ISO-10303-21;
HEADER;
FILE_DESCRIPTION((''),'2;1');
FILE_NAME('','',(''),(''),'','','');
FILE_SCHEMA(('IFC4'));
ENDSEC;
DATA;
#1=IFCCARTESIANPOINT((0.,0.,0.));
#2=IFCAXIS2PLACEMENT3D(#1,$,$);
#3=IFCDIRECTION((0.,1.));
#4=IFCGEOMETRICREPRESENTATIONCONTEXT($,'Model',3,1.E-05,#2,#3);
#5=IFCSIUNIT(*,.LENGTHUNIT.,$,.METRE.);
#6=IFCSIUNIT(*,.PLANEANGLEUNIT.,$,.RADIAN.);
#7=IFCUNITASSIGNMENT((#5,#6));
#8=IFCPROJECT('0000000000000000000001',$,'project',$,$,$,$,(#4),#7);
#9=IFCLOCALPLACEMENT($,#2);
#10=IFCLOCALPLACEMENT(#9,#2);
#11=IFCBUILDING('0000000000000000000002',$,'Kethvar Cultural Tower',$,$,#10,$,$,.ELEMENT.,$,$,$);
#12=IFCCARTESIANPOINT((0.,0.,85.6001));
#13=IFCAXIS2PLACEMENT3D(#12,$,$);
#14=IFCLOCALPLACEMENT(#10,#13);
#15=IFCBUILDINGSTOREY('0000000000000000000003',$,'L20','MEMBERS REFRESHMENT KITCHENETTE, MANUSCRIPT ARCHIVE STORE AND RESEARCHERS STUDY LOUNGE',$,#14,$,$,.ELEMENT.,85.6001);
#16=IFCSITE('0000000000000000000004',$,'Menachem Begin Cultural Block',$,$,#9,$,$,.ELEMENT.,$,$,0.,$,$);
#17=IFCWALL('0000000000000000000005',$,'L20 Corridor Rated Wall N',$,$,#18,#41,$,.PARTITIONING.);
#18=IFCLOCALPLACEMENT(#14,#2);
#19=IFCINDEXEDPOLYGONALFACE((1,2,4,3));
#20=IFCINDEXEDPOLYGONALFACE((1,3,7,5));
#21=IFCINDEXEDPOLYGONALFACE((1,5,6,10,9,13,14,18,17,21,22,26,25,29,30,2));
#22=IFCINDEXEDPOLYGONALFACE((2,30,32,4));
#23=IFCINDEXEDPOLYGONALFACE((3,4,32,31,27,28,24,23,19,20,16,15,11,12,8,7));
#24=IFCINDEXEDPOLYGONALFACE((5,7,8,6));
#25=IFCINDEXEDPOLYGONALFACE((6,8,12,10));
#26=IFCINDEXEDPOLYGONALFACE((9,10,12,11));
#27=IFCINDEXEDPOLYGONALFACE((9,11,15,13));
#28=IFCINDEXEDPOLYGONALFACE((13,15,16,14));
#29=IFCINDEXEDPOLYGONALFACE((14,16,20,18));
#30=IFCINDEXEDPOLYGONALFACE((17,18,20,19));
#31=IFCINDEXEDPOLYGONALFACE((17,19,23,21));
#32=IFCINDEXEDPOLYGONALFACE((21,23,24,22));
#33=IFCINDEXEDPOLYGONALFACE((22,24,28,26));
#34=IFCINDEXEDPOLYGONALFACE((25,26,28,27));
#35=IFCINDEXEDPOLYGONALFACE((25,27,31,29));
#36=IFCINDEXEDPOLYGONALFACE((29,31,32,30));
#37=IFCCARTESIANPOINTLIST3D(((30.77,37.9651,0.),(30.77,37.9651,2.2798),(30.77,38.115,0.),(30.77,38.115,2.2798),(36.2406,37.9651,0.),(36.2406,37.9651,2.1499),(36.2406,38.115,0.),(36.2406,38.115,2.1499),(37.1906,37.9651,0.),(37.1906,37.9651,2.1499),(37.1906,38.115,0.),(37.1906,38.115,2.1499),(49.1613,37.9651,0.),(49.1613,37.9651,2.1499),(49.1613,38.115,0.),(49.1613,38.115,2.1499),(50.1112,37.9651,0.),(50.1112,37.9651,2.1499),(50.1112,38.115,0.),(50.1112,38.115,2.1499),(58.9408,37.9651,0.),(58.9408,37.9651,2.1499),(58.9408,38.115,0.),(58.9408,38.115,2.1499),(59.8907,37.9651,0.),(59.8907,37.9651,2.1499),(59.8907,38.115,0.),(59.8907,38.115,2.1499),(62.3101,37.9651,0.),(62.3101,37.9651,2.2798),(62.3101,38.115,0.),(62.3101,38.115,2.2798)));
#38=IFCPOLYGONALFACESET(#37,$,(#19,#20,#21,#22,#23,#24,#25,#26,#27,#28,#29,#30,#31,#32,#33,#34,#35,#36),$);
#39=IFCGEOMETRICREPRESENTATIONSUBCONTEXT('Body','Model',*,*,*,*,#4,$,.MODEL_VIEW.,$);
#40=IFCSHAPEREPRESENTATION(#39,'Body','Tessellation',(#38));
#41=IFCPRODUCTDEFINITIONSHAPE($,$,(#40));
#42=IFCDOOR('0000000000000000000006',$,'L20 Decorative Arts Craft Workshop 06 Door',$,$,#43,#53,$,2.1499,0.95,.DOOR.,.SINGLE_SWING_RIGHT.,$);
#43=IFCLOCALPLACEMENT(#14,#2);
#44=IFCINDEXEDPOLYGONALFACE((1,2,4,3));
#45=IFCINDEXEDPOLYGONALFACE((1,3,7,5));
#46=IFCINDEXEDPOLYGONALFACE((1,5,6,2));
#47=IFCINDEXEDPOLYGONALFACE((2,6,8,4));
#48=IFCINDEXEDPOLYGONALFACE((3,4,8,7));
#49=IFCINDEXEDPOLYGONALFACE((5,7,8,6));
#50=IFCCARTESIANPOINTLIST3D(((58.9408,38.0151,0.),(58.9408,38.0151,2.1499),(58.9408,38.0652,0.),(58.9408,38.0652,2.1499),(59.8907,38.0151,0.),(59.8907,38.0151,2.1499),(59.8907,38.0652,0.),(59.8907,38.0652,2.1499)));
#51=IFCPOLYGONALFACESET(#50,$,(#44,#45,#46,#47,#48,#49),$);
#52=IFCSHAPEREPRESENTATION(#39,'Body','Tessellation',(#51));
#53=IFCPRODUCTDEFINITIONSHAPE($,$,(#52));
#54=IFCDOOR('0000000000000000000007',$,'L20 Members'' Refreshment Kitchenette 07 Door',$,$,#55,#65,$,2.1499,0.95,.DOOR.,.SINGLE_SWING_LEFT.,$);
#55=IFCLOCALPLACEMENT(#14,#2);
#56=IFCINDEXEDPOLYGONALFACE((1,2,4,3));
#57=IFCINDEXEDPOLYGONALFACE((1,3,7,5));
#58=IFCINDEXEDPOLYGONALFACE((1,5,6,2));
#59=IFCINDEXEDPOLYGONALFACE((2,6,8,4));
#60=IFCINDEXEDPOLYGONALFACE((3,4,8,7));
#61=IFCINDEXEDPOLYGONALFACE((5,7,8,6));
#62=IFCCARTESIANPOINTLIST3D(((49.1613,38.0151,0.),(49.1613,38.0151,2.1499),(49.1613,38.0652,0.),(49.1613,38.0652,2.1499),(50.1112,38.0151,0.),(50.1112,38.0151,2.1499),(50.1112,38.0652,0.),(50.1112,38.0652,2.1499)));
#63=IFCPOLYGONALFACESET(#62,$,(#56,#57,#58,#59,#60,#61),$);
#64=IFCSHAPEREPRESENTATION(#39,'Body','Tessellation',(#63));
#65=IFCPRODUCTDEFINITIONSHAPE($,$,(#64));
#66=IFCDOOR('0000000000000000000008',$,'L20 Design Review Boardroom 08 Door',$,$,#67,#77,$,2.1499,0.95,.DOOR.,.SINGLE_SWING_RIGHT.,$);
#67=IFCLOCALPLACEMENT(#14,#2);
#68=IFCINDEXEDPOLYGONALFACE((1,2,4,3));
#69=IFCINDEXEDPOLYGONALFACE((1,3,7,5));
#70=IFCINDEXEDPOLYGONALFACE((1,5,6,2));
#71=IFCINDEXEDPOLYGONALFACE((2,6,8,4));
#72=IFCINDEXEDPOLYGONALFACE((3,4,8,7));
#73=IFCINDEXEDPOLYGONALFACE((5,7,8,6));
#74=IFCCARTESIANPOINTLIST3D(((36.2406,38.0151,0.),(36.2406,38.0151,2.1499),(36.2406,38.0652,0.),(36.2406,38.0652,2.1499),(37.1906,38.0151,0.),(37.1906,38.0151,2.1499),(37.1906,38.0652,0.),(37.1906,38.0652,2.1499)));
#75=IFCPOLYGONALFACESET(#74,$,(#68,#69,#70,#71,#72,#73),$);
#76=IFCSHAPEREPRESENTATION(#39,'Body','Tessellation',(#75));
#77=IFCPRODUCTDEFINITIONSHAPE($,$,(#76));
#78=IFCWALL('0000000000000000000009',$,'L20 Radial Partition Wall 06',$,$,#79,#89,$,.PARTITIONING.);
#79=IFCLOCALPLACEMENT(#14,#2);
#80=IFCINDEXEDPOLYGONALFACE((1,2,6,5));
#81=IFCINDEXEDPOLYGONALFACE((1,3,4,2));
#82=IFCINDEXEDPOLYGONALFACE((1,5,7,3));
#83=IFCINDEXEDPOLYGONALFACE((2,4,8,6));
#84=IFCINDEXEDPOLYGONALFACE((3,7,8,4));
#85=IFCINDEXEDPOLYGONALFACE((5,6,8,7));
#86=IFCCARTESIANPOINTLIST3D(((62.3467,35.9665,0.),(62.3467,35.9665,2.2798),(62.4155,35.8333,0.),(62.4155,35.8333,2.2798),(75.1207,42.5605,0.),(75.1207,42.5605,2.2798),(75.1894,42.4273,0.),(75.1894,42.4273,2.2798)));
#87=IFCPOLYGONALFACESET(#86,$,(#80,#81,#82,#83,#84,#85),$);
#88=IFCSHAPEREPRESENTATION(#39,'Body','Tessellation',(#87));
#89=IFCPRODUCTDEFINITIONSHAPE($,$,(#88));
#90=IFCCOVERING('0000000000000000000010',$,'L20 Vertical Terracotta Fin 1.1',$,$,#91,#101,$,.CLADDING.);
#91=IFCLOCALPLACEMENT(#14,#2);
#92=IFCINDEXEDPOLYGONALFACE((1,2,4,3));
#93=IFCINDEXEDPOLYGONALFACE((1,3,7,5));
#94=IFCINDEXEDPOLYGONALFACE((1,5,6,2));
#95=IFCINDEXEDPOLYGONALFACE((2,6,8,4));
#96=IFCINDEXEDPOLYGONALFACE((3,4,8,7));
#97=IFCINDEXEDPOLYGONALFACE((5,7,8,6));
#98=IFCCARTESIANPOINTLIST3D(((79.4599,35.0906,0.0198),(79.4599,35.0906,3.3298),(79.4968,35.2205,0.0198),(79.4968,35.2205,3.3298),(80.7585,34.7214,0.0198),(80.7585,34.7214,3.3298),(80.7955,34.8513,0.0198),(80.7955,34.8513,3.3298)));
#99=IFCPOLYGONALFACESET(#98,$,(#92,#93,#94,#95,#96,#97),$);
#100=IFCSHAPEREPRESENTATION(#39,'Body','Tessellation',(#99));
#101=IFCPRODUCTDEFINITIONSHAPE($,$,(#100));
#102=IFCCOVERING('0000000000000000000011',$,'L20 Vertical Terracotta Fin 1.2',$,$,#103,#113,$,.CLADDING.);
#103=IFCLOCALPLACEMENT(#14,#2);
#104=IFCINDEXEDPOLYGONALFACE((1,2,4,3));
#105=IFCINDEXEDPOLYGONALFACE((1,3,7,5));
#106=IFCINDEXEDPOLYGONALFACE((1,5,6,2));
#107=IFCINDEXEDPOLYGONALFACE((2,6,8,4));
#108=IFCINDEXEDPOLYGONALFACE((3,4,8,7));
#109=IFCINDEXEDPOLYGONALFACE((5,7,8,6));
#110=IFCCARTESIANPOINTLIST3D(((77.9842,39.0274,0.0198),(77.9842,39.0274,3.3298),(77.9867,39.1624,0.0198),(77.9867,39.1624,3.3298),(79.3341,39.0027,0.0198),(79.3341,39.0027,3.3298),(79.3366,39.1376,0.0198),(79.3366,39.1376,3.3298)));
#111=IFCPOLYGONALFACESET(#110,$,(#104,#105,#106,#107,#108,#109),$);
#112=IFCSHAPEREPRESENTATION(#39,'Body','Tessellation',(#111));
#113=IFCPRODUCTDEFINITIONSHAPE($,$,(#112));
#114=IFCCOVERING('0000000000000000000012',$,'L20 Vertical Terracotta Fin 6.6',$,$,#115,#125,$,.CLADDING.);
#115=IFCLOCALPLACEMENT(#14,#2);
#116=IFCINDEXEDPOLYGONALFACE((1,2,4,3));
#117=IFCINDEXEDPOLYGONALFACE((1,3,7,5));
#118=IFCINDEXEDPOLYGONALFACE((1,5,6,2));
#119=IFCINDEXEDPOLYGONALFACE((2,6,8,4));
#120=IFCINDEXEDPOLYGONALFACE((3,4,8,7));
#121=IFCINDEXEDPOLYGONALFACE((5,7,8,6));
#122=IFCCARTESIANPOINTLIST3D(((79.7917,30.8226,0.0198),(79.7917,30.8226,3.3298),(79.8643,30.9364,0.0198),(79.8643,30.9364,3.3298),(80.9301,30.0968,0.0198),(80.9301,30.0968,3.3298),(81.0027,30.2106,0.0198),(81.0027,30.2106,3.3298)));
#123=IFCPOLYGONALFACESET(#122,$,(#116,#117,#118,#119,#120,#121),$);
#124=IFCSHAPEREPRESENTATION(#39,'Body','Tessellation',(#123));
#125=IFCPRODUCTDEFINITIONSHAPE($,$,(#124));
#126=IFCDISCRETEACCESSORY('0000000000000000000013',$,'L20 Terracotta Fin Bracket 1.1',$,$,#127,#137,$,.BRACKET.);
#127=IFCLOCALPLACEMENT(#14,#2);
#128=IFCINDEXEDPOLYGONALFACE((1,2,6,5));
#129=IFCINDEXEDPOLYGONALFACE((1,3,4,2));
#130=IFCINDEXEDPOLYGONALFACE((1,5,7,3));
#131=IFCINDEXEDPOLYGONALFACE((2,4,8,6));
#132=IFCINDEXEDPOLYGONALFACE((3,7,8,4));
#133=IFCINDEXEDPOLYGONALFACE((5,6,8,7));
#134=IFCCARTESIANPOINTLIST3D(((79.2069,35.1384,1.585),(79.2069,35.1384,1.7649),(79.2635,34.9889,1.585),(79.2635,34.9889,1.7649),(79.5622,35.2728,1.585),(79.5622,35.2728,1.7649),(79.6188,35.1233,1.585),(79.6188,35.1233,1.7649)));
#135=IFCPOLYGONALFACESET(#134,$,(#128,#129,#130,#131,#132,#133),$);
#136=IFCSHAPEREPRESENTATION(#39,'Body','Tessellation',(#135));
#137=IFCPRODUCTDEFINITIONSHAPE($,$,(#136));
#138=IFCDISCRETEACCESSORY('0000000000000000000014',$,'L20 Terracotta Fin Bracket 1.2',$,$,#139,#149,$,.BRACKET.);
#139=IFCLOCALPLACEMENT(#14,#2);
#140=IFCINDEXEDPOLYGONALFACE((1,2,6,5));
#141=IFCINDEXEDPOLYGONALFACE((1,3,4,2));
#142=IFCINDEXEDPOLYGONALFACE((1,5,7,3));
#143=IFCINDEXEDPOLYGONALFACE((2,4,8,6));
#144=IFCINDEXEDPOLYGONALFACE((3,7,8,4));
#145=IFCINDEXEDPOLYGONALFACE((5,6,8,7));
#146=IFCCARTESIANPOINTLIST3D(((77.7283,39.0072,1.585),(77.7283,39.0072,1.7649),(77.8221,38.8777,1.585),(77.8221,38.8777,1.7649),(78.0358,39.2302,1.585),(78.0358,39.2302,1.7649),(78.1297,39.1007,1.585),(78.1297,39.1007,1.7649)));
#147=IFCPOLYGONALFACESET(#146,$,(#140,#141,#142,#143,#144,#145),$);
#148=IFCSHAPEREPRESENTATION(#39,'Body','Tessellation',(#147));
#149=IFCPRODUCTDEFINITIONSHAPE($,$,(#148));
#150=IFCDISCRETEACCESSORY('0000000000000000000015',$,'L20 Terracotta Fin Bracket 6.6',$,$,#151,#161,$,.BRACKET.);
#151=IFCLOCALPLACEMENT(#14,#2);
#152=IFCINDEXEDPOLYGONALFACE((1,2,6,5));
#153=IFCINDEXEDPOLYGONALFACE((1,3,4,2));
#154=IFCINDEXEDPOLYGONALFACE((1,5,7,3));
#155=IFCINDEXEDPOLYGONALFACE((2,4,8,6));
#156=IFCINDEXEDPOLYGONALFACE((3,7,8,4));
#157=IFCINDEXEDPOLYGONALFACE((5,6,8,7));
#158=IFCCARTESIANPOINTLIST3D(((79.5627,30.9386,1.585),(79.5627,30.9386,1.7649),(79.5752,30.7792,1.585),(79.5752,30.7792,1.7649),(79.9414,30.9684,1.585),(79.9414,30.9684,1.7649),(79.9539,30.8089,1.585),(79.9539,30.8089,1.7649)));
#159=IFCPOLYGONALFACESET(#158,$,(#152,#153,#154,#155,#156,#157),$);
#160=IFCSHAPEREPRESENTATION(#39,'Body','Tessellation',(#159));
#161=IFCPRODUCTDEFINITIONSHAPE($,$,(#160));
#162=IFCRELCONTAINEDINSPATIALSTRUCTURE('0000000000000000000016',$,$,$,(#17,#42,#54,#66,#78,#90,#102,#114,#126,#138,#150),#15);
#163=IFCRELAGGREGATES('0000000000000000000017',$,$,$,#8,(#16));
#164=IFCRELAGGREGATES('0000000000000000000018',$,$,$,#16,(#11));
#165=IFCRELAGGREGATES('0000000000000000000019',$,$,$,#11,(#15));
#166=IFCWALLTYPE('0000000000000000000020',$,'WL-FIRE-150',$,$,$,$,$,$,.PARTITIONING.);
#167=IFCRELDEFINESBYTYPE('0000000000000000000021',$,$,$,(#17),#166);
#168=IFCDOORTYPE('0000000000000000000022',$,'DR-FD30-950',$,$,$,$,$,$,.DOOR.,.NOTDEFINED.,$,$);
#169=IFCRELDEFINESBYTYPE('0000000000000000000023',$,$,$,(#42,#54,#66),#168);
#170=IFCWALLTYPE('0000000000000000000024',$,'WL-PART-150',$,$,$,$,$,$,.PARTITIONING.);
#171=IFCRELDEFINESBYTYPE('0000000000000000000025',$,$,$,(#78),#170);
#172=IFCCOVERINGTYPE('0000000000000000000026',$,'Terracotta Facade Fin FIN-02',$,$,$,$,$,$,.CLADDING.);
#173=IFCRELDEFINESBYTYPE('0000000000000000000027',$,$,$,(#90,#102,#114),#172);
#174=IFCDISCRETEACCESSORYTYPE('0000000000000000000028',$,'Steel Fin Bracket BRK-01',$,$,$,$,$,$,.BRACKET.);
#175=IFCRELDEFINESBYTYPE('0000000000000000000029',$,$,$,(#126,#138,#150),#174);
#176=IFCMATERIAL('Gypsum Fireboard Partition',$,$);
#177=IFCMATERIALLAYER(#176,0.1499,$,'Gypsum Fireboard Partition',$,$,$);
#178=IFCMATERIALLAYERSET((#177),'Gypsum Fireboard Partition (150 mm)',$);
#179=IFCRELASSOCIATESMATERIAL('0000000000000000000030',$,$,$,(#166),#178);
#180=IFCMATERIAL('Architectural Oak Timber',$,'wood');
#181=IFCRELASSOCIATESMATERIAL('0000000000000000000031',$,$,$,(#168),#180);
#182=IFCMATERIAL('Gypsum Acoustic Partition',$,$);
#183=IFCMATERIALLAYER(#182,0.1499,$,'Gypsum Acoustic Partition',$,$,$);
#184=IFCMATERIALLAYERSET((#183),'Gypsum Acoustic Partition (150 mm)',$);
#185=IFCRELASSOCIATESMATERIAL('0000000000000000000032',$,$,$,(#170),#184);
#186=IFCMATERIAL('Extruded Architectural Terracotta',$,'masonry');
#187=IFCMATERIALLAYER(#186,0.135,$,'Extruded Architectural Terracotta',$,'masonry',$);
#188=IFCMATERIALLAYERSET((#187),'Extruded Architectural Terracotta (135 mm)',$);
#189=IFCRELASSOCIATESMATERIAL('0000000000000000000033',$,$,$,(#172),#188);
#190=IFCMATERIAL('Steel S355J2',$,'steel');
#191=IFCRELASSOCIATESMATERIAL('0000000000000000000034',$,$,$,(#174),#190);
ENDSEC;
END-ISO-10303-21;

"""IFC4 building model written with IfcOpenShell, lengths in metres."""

from ifc_helpers import new_model, si_unit, direction, frame, frame_2d, origin, origin_2d, place, context, subcontext, project, spatial, rectangle, extrude, source, transform, mapped, material, layer, layer_set, type_object, element, fill, save


model = new_model("IFC4")

# Units and contexts
model_context = context("Model", 3, precision=1e-05, world=origin(), true_north=direction((0.0, 1.0)))
body_context = subcontext(model_context, "Body", "Model", "MODEL_VIEW")
ifc_project = project(units=[si_unit("LENGTHUNIT", "METRE"), si_unit("PLANEANGLEUNIT", "RADIAN")], contexts=[model_context])

# Site, building, storey
site_placement = place(None, origin())
site = spatial("IfcSite", under=ifc_project, at=site_placement, Name="Menachem Begin Cultural Block", CompositionType="ELEMENT", RefElevation=0.0)
building_placement = place(site_placement, origin())
building = spatial("IfcBuilding", under=site, at=building_placement, Name="Kethvar Cultural Tower", CompositionType="ELEMENT")
storey_placement = place(building_placement, frame((0.0, 0.0, 85.6001)))
storey = spatial("IfcBuildingStorey", under=building, at=storey_placement, Name="L20", Description="MEMBERS REFRESHMENT KITCHENETTE, MANUSCRIPT ARCHIVE STORE AND RESEARCHERS STUDY LOUNGE", CompositionType="ELEMENT", Elevation=85.6001)

# Shared definitions
ifc_material_1 = material(Name="Steel S355J2", Category="steel")

# Wall, openings, doors
ifc_material_2 = material(Name="Gypsum Fireboard Partition")
ifc_layer_1 = layer(ifc_material_2, 0.1499, Name="Gypsum Fireboard Partition")
ifc_layer_set_1 = layer_set([ifc_layer_1], Name="Gypsum Fireboard Partition (150 mm)")
wall_type_1 = type_object("IfcWallType", Name="WL-FIRE-150", PredefinedType="PARTITIONING", material=ifc_layer_set_1)
wall_1_placement = place(storey_placement, frame((62.3101, 38.04, 0.0), z_axis=(0.0, 0.0, 1.0), x_axis=(-1.0, 0.0, 0.0)))
wall_1 = element("IfcWall", 1, at=wall_1_placement, inside=storey, type_object=wall_type_1, Name="L20 Corridor Rated Wall N", PredefinedType="PARTITIONING", context=body_context, shape_type="SweptSolid", body=[
    extrude(rectangle(XDim=31.54, YDim=0.1499, at=frame_2d((15.77, 0.0))), origin(), (0.0, 0.0, 1.0), 2.2798),
])
opening_1_placement = place(wall_1_placement, frame((2.4192, 0.0, 0.0)))
opening_1 = element("IfcOpeningElement", 2, at=opening_1_placement, cuts=wall_1, PredefinedType="OPENING", context=body_context, shape_type="SweptSolid", body=[
    extrude(rectangle(XDim=0.95, YDim=2.1499, at=frame_2d((0.4751, 1.075))), frame((0.0, 0.085, 0.0), z_axis=(0.0, -1.0, 0.0), x_axis=(1.0, 0.0, 0.0)), (0.0, 0.0, 1.0), 0.1699),
])
opening_2_placement = place(wall_1_placement, frame((12.1987, 0.0, 0.0)))
opening_2 = element("IfcOpeningElement", 3, at=opening_2_placement, cuts=wall_1, PredefinedType="OPENING", context=body_context, shape_type="SweptSolid", body=[
    extrude(rectangle(XDim=0.95, YDim=2.1499, at=frame_2d((0.4751, 1.075))), frame((0.0, 0.085, 0.0), z_axis=(0.0, -1.0, 0.0), x_axis=(1.0, 0.0, 0.0)), (0.0, 0.0, 1.0), 0.1699),
])
opening_3_placement = place(wall_1_placement, frame((25.1194, 0.0, 0.0)))
opening_3 = element("IfcOpeningElement", 4, at=opening_3_placement, cuts=wall_1, PredefinedType="OPENING", context=body_context, shape_type="SweptSolid", body=[
    extrude(rectangle(XDim=0.95, YDim=2.1499, at=frame_2d((0.4751, 1.075))), frame((0.0, 0.085, 0.0), z_axis=(0.0, -1.0, 0.0), x_axis=(1.0, 0.0, 0.0)), (0.0, 0.0, 1.0), 0.1699),
])
ifc_material_3 = material(Name="Architectural Oak Timber", Category="wood")
door_type = type_object("IfcDoorType", Name="DR-FD30-950", OperationType="NOTDEFINED", PredefinedType="DOOR", material=ifc_material_3)
shared_shape_1 = source(origin(), body_context, "Body", "SweptSolid", [
    extrude(rectangle(XDim=0.95, YDim=2.1499, at=frame_2d((0.4751, 1.075))), frame((0.0, 0.0249, 0.0), z_axis=(0.0, -1.0, 0.0), x_axis=(1.0, 0.0, 0.0)), (0.0, 0.0, 1.0), 0.05),
])
door_1_placement = place(opening_1_placement, origin())
door_1 = element("IfcDoor", 5, at=door_1_placement, inside=storey, type_object=door_type, Name="L20 Decorative Arts Craft Workshop 06 Door", OperationType="SINGLE_SWING_RIGHT", OverallHeight=2.1499, OverallWidth=0.95, PredefinedType="DOOR", context=body_context, shape_type="MappedRepresentation", body=[
    mapped(shared_shape_1, transform((0.0, 0.0, 0.0), scale=1.0)),
])
fill(opening_1, door_1)
door_2_placement = place(opening_2_placement, origin())
door_2 = element("IfcDoor", 6, at=door_2_placement, inside=storey, type_object=door_type, Name="L20 Members' Refreshment Kitchenette 07 Door", OperationType="SINGLE_SWING_LEFT", OverallHeight=2.1499, OverallWidth=0.95, PredefinedType="DOOR", context=body_context, shape_type="MappedRepresentation", body=[
    mapped(shared_shape_1, transform((0.0, 0.0, 0.0), scale=1.0)),
])
fill(opening_2, door_2)
door_3_placement = place(opening_3_placement, origin())
door_3 = element("IfcDoor", 7, at=door_3_placement, inside=storey, type_object=door_type, Name="L20 Design Review Boardroom 08 Door", OperationType="SINGLE_SWING_RIGHT", OverallHeight=2.1499, OverallWidth=0.95, PredefinedType="DOOR", context=body_context, shape_type="MappedRepresentation", body=[
    mapped(shared_shape_1, transform((0.0, 0.0, 0.0), scale=1.0)),
])
fill(opening_3, door_3)

# Wall
ifc_material_4 = material(Name="Gypsum Acoustic Partition")
ifc_layer_2 = layer(ifc_material_4, 0.1499, Name="Gypsum Acoustic Partition")
ifc_layer_set_2 = layer_set([ifc_layer_2], Name="Gypsum Acoustic Partition (150 mm)")
wall_type_2 = type_object("IfcWallType", Name="WL-PART-150", PredefinedType="PARTITIONING", material=ifc_layer_set_2)
wall_2_placement = place(storey_placement, frame((62.3811, 35.8999, 0.0), z_axis=(0.0, 0.0, 1.0), x_axis=(0.888592, 0.458698, 0.0)))
element("IfcWall", 8, at=wall_2_placement, inside=storey, type_object=wall_type_2, Name="L20 Radial Partition Wall 06", PredefinedType="PARTITIONING", context=body_context, shape_type="SweptSolid", body=[
    extrude(rectangle(XDim=14.3755, YDim=0.1499, at=frame_2d((7.1877, 0.0))), origin(), (0.0, 0.0, 1.0), 2.2798),
])

# Coverings
ifc_material_5 = material(Name="Extruded Architectural Terracotta", Category="masonry")
ifc_layer_3 = layer(ifc_material_5, 0.135, Name="Extruded Architectural Terracotta", Category="masonry")
ifc_layer_set_3 = layer_set([ifc_layer_3], Name="Extruded Architectural Terracotta (135 mm)")
covering_type = type_object("IfcCoveringType", Name="Terracotta Facade Fin FIN-02", PredefinedType="CLADDING", material=ifc_layer_set_3)
shared_shape_2 = source(origin(), body_context, "Body", "SweptSolid", [
    extrude(rectangle(XDim=1.3501, YDim=0.135, at=origin_2d()), origin(), (0.0, 0.0, 1.0), 3.3101),
])
for number, where, z_axis, x_axis, name in (
    (9, (80.1277, 34.9709, 0.0198), (0.0, 0.0, 1.0), (0.961885, -0.273456, 0.0), "L20 Vertical Terracotta Fin 1.1"),
    (10, (78.6604, 39.0825, 0.0198), (0.0, 0.0, 1.0), (0.999832, -0.018325, 0.0), "L20 Vertical Terracotta Fin 1.2"),
    (11, (80.3972, 30.5166, 0.0198), (0.0, 0.0, 1.0), (0.843204, -0.537594, 0.0), "L20 Vertical Terracotta Fin 6.6"),
):
    element("IfcCovering", number, at=place(storey_placement, frame(where, z_axis=z_axis, x_axis=x_axis)), inside=storey, type_object=covering_type, Name=name, PredefinedType="CLADDING", context=body_context, shape_type="MappedRepresentation", body=[
        mapped(shared_shape_2, transform((0.0, 0.0, 0.0), scale=1.0)),
    ])

# Discrete accessories
discrete_accessory_type = type_object("IfcDiscreteAccessoryType", Name="Steel Fin Bracket BRK-01", PredefinedType="BRACKET", material=ifc_material_1)
shared_shape_3 = source(origin(), body_context, "Body", "SweptSolid", [
    extrude(rectangle(XDim=0.3799, YDim=0.1599, at=origin_2d()), origin(), (0.0, 0.0, 1.0), 0.1799),
])
for number, where, z_axis, x_axis, name in (
    (12, (79.4128, 35.1309, 1.585), (0.0, 0.0, 1.0), (0.935321, 0.353801, 0.0), "L20 Terracotta Fin Bracket 1.1"),
    (13, (77.929, 39.054, 1.585), (0.0, 0.0, 1.0), (0.80953, 0.587079, 0.0), "L20 Terracotta Fin Bracket 1.2"),
    (14, (79.7583, 30.8738, 1.585), (0.0, 0.0, 1.0), (0.996931, 0.078285, 0.0), "L20 Terracotta Fin Bracket 6.6"),
):
    element("IfcDiscreteAccessory", number, at=place(storey_placement, frame(where, z_axis=z_axis, x_axis=x_axis)), inside=storey, type_object=discrete_accessory_type, Name=name, PredefinedType="BRACKET", context=body_context, shape_type="MappedRepresentation", body=[
        mapped(shared_shape_3, transform((0.0, 0.0, 0.0), scale=1.0)),
    ])

save(model, "model.ifc")
